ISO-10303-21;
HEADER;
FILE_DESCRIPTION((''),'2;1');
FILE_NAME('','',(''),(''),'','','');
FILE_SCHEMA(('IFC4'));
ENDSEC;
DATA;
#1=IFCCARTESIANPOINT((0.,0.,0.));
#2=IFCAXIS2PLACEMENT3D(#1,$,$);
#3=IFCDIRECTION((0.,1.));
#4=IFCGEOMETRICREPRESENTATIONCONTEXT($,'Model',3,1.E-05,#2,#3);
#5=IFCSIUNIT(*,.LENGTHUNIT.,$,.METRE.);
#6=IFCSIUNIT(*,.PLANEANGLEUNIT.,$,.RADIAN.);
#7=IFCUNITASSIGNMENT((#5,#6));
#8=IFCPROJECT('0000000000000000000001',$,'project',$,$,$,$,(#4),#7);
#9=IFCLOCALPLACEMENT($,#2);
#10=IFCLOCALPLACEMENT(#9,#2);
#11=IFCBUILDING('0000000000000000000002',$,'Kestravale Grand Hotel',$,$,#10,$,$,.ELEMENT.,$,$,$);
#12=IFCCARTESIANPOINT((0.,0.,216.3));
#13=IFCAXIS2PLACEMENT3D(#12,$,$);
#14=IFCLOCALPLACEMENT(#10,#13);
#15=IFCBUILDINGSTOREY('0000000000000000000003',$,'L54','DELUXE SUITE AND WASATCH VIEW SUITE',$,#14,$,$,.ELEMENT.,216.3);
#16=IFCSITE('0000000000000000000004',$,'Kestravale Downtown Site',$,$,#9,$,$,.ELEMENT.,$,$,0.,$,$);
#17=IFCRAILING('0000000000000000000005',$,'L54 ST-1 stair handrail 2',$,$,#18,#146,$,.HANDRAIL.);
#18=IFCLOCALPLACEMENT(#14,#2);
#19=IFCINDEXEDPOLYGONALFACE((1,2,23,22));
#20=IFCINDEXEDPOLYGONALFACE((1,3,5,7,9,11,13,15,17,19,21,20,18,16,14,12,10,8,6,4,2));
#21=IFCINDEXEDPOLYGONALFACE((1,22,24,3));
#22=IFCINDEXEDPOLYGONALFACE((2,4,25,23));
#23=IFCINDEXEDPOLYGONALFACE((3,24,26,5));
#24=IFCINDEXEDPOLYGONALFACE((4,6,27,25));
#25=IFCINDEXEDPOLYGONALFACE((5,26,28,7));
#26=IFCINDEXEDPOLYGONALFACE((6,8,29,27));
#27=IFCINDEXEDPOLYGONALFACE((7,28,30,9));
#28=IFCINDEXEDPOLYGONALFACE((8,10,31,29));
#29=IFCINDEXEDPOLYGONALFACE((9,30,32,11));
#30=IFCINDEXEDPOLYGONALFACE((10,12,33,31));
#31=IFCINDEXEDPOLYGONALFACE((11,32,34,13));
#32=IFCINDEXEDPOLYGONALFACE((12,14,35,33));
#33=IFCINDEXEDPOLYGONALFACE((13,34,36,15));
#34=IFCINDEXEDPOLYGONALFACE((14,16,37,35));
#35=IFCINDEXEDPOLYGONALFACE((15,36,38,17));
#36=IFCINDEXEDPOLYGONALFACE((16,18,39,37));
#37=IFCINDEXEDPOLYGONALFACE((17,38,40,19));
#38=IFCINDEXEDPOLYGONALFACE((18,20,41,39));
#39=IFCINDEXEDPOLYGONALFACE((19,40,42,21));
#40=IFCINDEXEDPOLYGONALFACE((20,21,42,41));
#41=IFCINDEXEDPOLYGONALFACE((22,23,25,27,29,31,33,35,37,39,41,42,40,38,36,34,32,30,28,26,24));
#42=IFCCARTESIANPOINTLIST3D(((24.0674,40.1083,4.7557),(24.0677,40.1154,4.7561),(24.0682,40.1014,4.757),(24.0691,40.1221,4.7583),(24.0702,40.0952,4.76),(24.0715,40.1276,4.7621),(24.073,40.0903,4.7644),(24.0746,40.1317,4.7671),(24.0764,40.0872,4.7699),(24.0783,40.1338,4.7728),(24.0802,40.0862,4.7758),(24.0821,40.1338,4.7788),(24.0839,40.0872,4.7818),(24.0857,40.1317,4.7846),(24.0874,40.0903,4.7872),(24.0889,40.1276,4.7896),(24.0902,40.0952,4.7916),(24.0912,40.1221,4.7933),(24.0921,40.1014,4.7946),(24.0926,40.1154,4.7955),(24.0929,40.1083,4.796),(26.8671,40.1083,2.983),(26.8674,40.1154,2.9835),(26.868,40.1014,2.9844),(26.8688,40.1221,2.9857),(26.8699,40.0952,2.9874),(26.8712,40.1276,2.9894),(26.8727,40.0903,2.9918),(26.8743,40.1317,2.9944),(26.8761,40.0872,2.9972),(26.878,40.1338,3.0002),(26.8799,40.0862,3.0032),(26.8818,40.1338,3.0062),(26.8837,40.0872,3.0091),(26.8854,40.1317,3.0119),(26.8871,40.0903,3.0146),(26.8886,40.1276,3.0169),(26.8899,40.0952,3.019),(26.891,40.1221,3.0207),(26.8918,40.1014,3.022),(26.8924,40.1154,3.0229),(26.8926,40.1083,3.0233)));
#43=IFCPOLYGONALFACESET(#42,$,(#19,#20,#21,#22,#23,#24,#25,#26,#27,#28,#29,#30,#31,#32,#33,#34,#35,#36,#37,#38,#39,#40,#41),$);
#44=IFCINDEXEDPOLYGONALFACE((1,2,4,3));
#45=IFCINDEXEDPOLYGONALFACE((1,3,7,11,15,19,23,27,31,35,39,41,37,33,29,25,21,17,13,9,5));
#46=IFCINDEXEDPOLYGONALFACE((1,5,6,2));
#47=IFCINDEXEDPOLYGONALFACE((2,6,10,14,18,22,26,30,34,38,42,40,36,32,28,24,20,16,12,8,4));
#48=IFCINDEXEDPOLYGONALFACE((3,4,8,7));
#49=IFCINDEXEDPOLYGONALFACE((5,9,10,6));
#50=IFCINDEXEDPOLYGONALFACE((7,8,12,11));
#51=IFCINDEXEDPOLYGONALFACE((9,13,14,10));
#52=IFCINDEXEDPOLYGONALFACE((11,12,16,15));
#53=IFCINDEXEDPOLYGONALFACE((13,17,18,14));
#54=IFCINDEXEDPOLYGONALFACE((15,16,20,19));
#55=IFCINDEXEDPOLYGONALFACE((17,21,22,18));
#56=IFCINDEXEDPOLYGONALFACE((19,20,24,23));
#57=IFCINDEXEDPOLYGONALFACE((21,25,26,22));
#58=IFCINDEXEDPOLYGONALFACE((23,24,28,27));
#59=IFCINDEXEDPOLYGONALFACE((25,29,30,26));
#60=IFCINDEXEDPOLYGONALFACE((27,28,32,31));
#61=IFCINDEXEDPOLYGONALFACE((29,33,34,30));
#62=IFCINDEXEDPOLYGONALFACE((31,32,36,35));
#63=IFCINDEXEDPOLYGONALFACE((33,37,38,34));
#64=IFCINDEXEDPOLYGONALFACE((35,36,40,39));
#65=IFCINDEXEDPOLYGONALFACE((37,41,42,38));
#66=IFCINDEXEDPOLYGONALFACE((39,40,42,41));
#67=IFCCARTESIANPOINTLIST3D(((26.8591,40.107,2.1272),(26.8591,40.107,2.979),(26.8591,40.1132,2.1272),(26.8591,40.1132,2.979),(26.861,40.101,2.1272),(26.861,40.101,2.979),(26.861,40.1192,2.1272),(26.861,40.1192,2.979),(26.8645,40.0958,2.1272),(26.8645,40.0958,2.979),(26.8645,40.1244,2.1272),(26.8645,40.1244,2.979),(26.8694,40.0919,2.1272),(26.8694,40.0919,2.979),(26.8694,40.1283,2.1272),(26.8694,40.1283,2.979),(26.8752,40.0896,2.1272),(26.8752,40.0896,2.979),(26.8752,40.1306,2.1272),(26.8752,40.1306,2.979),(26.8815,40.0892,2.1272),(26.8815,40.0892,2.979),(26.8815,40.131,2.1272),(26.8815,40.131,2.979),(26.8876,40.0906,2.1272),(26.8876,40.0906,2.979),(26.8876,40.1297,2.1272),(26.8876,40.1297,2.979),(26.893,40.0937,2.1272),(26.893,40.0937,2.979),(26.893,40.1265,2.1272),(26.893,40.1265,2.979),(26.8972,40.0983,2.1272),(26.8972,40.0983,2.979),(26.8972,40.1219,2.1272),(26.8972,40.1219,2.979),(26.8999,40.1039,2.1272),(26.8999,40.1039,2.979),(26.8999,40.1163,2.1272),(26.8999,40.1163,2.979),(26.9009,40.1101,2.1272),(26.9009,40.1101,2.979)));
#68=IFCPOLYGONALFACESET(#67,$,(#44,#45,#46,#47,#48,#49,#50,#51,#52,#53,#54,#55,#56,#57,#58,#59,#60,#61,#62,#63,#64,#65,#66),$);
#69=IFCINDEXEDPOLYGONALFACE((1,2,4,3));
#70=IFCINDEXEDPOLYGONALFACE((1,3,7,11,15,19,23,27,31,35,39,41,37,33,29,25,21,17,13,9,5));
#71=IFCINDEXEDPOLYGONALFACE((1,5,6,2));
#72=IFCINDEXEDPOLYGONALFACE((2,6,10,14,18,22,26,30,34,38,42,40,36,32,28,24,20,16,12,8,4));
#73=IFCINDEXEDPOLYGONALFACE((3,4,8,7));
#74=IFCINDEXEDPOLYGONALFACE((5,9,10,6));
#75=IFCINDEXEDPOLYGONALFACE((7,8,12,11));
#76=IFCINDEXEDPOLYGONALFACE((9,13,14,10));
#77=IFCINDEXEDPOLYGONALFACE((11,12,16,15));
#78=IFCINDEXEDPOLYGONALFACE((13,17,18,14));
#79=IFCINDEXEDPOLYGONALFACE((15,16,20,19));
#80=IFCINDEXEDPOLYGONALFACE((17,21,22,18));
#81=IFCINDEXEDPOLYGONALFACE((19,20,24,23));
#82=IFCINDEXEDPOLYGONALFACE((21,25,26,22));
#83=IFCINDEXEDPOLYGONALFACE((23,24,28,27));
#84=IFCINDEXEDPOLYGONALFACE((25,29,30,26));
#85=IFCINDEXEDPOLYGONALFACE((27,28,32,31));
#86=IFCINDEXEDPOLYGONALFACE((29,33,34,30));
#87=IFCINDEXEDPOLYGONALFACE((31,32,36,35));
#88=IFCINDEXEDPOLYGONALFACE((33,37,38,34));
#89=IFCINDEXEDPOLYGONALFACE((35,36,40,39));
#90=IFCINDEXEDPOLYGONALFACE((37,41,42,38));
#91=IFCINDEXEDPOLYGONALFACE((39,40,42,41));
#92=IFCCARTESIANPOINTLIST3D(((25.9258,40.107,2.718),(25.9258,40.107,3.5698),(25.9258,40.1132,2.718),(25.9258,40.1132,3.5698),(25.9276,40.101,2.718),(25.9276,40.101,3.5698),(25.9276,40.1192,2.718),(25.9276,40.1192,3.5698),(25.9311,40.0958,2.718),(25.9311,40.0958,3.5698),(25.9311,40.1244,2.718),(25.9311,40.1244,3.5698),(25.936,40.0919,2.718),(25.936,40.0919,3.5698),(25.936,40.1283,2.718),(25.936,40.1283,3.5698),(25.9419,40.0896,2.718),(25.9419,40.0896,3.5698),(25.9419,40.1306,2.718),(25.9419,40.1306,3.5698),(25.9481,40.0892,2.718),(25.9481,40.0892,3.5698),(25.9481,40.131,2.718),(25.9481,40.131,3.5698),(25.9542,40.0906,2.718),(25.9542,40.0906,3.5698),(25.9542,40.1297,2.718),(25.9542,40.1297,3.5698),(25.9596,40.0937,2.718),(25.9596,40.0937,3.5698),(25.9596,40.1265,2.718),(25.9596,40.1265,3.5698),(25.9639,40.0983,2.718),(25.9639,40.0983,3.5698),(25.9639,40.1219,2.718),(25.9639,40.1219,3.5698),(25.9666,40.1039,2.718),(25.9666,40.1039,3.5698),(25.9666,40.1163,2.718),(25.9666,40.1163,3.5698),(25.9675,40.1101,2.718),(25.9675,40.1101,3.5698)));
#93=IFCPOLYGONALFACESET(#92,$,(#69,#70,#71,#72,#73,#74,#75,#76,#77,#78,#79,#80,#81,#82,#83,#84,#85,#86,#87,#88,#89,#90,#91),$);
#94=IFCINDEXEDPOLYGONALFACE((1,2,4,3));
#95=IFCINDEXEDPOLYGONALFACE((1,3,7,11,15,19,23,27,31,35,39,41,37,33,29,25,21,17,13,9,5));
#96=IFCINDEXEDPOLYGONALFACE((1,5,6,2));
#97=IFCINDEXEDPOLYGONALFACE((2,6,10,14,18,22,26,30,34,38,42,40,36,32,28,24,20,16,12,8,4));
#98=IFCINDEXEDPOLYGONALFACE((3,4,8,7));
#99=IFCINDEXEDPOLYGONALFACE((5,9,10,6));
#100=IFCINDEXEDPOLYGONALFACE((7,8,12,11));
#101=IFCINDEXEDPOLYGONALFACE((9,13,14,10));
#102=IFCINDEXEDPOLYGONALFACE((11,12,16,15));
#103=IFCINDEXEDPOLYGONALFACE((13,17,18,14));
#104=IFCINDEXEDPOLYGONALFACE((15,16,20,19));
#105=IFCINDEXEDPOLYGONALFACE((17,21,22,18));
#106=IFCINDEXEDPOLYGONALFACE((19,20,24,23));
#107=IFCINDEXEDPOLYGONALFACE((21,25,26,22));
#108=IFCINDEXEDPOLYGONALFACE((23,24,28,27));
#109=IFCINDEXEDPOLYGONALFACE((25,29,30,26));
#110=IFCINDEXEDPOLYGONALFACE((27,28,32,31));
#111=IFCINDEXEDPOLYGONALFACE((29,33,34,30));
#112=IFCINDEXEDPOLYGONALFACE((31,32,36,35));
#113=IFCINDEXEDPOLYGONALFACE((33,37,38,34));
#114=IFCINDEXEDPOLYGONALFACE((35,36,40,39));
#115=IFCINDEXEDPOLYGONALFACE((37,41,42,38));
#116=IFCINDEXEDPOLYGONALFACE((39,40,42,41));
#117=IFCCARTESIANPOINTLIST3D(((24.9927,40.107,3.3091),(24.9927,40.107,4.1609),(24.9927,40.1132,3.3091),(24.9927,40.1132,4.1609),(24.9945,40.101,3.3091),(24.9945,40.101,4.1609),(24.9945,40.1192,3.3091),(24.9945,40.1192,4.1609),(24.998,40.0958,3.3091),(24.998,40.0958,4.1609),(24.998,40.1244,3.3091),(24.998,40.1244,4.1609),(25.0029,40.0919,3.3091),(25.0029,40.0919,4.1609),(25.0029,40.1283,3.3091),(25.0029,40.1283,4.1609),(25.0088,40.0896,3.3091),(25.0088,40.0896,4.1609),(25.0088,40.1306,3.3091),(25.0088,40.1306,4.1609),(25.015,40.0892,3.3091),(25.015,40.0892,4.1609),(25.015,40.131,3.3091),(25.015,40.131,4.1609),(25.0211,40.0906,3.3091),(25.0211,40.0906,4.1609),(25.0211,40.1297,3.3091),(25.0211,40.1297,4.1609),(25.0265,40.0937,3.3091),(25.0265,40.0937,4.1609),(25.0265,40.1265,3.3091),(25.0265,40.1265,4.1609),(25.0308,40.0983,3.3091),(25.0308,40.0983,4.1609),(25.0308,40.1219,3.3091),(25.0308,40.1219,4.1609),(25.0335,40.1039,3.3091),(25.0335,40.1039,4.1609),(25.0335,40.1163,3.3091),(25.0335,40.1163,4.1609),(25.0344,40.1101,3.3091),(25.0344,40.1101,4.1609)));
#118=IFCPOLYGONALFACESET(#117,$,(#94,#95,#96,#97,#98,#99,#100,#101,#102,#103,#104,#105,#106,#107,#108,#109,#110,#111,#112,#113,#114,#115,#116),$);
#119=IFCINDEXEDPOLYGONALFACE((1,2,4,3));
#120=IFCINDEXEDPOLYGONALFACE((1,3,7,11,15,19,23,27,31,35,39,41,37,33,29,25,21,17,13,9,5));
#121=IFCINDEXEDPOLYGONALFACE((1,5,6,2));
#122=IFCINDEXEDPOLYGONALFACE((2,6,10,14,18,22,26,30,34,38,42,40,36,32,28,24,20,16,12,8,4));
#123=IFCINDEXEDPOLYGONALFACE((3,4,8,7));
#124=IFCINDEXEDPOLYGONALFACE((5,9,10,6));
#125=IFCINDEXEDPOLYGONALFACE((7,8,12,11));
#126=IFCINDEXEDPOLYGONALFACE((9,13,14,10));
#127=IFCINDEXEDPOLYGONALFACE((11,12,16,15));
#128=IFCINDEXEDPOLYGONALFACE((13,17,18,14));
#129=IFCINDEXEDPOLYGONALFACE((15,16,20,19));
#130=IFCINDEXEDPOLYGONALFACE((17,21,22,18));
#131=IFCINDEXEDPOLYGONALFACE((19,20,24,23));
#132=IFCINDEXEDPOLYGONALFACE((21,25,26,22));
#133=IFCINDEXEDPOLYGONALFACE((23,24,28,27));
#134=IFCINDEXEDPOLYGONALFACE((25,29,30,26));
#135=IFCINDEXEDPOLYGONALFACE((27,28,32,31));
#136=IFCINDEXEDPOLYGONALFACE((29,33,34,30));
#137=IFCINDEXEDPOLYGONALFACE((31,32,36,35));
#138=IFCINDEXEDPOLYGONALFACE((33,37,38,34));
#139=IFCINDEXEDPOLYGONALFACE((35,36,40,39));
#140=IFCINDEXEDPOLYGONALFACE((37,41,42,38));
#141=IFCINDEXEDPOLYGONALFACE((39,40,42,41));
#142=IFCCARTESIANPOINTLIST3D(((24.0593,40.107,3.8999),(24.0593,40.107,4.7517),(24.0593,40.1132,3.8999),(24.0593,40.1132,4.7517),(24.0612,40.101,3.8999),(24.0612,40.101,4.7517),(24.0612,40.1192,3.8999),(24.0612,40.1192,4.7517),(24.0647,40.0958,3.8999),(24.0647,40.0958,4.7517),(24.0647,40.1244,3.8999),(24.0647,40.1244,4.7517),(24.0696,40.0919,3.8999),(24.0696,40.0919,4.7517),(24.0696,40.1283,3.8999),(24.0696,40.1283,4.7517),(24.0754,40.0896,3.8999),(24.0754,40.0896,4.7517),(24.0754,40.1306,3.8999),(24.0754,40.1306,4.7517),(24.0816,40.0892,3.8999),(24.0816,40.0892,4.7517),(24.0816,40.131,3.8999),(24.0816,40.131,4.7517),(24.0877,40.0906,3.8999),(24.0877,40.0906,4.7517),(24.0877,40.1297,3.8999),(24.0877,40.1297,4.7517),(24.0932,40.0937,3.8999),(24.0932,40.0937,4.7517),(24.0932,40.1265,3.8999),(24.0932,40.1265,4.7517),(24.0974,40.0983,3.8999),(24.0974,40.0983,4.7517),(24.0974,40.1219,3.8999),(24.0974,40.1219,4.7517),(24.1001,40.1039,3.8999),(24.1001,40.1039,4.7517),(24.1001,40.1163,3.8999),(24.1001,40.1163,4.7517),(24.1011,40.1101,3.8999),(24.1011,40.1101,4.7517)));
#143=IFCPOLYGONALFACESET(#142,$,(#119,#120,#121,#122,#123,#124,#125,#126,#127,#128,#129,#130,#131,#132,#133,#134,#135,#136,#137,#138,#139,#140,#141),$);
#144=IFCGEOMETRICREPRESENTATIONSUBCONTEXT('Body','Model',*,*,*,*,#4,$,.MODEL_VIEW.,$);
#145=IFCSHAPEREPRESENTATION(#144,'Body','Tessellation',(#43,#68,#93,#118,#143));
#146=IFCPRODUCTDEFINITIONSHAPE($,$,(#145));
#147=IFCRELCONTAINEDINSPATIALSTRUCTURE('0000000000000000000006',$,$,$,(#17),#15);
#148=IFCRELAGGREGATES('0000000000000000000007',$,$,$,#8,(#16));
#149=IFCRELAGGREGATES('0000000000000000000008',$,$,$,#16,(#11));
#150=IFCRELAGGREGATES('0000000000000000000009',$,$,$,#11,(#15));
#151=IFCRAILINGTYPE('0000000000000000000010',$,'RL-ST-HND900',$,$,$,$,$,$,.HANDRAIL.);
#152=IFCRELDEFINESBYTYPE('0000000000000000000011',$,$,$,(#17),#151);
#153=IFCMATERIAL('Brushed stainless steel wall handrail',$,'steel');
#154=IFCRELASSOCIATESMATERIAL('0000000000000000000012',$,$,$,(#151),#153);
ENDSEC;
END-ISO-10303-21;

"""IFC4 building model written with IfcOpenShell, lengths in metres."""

from ifc_helpers import new_model, si_unit, direction, frame, origin, origin_2d, place, context, subcontext, project, spatial, circle, extrude, material, type_object, element, save


model = new_model("IFC4")

# Units and contexts
model_context = context("Model", 3, precision=1e-05, world=origin(), true_north=direction((0.0, 1.0)))
body_context = subcontext(model_context, "Body", "Model", "MODEL_VIEW")
ifc_project = project(units=[si_unit("LENGTHUNIT", "METRE"), si_unit("PLANEANGLEUNIT", "RADIAN")], contexts=[model_context])

# Site, building, storey
site_placement = place(None, origin())
site = spatial("IfcSite", under=ifc_project, at=site_placement, Name="Kestravale Downtown Site", CompositionType="ELEMENT", RefElevation=0.0)
building_placement = place(site_placement, origin())
building = spatial("IfcBuilding", under=site, at=building_placement, Name="Kestravale Grand Hotel", CompositionType="ELEMENT")
storey_placement = place(building_placement, frame((0.0, 0.0, 216.3)))
storey = spatial("IfcBuildingStorey", under=building, at=storey_placement, Name="L54", Description="DELUXE SUITE AND WASATCH VIEW SUITE", CompositionType="ELEMENT", Elevation=216.3)

# Railing
ifc_material_1 = material(Name="Brushed stainless steel wall handrail", Category="steel")
railing_type_1 = type_object("IfcRailingType", Name="RL-ST-HND900", PredefinedType="HANDRAIL", material=ifc_material_1)
railing_1_placement = place(storey_placement, frame((26.8799, 40.1101, 2.1272)))
element("IfcRailing", 1, at=railing_1_placement, inside=storey, type_object=railing_type_1, Name="L54 ST-1 stair handrail 2", PredefinedType="HANDRAIL", context=body_context, shape_type="SweptSolid", body=[
    extrude(circle(Radius=0.0239, at=origin_2d()), frame((0.0, 0.0, 0.876), z_axis=(-0.844888, 0.0, 0.534943), x_axis=(0.0, -1.0, 0.0)), (0.0, 0.0, 1.0), 3.3137),
    extrude(circle(Radius=0.021, at=origin_2d()), origin(), (0.0, 0.0, 1.0), 0.8518),
    extrude(circle(Radius=0.021, at=origin_2d()), frame((-0.9333, 0.0, 0.5908)), (0.0, 0.0, 1.0), 0.8518),
    extrude(circle(Radius=0.021, at=origin_2d()), frame((-1.8665, 0.0, 1.1819)), (0.0, 0.0, 1.0), 0.8518),
    extrude(circle(Radius=0.021, at=origin_2d()), frame((-2.7998, 0.0, 1.7727)), (0.0, 0.0, 1.0), 0.8518),
])

save(model, "model.ifc")
